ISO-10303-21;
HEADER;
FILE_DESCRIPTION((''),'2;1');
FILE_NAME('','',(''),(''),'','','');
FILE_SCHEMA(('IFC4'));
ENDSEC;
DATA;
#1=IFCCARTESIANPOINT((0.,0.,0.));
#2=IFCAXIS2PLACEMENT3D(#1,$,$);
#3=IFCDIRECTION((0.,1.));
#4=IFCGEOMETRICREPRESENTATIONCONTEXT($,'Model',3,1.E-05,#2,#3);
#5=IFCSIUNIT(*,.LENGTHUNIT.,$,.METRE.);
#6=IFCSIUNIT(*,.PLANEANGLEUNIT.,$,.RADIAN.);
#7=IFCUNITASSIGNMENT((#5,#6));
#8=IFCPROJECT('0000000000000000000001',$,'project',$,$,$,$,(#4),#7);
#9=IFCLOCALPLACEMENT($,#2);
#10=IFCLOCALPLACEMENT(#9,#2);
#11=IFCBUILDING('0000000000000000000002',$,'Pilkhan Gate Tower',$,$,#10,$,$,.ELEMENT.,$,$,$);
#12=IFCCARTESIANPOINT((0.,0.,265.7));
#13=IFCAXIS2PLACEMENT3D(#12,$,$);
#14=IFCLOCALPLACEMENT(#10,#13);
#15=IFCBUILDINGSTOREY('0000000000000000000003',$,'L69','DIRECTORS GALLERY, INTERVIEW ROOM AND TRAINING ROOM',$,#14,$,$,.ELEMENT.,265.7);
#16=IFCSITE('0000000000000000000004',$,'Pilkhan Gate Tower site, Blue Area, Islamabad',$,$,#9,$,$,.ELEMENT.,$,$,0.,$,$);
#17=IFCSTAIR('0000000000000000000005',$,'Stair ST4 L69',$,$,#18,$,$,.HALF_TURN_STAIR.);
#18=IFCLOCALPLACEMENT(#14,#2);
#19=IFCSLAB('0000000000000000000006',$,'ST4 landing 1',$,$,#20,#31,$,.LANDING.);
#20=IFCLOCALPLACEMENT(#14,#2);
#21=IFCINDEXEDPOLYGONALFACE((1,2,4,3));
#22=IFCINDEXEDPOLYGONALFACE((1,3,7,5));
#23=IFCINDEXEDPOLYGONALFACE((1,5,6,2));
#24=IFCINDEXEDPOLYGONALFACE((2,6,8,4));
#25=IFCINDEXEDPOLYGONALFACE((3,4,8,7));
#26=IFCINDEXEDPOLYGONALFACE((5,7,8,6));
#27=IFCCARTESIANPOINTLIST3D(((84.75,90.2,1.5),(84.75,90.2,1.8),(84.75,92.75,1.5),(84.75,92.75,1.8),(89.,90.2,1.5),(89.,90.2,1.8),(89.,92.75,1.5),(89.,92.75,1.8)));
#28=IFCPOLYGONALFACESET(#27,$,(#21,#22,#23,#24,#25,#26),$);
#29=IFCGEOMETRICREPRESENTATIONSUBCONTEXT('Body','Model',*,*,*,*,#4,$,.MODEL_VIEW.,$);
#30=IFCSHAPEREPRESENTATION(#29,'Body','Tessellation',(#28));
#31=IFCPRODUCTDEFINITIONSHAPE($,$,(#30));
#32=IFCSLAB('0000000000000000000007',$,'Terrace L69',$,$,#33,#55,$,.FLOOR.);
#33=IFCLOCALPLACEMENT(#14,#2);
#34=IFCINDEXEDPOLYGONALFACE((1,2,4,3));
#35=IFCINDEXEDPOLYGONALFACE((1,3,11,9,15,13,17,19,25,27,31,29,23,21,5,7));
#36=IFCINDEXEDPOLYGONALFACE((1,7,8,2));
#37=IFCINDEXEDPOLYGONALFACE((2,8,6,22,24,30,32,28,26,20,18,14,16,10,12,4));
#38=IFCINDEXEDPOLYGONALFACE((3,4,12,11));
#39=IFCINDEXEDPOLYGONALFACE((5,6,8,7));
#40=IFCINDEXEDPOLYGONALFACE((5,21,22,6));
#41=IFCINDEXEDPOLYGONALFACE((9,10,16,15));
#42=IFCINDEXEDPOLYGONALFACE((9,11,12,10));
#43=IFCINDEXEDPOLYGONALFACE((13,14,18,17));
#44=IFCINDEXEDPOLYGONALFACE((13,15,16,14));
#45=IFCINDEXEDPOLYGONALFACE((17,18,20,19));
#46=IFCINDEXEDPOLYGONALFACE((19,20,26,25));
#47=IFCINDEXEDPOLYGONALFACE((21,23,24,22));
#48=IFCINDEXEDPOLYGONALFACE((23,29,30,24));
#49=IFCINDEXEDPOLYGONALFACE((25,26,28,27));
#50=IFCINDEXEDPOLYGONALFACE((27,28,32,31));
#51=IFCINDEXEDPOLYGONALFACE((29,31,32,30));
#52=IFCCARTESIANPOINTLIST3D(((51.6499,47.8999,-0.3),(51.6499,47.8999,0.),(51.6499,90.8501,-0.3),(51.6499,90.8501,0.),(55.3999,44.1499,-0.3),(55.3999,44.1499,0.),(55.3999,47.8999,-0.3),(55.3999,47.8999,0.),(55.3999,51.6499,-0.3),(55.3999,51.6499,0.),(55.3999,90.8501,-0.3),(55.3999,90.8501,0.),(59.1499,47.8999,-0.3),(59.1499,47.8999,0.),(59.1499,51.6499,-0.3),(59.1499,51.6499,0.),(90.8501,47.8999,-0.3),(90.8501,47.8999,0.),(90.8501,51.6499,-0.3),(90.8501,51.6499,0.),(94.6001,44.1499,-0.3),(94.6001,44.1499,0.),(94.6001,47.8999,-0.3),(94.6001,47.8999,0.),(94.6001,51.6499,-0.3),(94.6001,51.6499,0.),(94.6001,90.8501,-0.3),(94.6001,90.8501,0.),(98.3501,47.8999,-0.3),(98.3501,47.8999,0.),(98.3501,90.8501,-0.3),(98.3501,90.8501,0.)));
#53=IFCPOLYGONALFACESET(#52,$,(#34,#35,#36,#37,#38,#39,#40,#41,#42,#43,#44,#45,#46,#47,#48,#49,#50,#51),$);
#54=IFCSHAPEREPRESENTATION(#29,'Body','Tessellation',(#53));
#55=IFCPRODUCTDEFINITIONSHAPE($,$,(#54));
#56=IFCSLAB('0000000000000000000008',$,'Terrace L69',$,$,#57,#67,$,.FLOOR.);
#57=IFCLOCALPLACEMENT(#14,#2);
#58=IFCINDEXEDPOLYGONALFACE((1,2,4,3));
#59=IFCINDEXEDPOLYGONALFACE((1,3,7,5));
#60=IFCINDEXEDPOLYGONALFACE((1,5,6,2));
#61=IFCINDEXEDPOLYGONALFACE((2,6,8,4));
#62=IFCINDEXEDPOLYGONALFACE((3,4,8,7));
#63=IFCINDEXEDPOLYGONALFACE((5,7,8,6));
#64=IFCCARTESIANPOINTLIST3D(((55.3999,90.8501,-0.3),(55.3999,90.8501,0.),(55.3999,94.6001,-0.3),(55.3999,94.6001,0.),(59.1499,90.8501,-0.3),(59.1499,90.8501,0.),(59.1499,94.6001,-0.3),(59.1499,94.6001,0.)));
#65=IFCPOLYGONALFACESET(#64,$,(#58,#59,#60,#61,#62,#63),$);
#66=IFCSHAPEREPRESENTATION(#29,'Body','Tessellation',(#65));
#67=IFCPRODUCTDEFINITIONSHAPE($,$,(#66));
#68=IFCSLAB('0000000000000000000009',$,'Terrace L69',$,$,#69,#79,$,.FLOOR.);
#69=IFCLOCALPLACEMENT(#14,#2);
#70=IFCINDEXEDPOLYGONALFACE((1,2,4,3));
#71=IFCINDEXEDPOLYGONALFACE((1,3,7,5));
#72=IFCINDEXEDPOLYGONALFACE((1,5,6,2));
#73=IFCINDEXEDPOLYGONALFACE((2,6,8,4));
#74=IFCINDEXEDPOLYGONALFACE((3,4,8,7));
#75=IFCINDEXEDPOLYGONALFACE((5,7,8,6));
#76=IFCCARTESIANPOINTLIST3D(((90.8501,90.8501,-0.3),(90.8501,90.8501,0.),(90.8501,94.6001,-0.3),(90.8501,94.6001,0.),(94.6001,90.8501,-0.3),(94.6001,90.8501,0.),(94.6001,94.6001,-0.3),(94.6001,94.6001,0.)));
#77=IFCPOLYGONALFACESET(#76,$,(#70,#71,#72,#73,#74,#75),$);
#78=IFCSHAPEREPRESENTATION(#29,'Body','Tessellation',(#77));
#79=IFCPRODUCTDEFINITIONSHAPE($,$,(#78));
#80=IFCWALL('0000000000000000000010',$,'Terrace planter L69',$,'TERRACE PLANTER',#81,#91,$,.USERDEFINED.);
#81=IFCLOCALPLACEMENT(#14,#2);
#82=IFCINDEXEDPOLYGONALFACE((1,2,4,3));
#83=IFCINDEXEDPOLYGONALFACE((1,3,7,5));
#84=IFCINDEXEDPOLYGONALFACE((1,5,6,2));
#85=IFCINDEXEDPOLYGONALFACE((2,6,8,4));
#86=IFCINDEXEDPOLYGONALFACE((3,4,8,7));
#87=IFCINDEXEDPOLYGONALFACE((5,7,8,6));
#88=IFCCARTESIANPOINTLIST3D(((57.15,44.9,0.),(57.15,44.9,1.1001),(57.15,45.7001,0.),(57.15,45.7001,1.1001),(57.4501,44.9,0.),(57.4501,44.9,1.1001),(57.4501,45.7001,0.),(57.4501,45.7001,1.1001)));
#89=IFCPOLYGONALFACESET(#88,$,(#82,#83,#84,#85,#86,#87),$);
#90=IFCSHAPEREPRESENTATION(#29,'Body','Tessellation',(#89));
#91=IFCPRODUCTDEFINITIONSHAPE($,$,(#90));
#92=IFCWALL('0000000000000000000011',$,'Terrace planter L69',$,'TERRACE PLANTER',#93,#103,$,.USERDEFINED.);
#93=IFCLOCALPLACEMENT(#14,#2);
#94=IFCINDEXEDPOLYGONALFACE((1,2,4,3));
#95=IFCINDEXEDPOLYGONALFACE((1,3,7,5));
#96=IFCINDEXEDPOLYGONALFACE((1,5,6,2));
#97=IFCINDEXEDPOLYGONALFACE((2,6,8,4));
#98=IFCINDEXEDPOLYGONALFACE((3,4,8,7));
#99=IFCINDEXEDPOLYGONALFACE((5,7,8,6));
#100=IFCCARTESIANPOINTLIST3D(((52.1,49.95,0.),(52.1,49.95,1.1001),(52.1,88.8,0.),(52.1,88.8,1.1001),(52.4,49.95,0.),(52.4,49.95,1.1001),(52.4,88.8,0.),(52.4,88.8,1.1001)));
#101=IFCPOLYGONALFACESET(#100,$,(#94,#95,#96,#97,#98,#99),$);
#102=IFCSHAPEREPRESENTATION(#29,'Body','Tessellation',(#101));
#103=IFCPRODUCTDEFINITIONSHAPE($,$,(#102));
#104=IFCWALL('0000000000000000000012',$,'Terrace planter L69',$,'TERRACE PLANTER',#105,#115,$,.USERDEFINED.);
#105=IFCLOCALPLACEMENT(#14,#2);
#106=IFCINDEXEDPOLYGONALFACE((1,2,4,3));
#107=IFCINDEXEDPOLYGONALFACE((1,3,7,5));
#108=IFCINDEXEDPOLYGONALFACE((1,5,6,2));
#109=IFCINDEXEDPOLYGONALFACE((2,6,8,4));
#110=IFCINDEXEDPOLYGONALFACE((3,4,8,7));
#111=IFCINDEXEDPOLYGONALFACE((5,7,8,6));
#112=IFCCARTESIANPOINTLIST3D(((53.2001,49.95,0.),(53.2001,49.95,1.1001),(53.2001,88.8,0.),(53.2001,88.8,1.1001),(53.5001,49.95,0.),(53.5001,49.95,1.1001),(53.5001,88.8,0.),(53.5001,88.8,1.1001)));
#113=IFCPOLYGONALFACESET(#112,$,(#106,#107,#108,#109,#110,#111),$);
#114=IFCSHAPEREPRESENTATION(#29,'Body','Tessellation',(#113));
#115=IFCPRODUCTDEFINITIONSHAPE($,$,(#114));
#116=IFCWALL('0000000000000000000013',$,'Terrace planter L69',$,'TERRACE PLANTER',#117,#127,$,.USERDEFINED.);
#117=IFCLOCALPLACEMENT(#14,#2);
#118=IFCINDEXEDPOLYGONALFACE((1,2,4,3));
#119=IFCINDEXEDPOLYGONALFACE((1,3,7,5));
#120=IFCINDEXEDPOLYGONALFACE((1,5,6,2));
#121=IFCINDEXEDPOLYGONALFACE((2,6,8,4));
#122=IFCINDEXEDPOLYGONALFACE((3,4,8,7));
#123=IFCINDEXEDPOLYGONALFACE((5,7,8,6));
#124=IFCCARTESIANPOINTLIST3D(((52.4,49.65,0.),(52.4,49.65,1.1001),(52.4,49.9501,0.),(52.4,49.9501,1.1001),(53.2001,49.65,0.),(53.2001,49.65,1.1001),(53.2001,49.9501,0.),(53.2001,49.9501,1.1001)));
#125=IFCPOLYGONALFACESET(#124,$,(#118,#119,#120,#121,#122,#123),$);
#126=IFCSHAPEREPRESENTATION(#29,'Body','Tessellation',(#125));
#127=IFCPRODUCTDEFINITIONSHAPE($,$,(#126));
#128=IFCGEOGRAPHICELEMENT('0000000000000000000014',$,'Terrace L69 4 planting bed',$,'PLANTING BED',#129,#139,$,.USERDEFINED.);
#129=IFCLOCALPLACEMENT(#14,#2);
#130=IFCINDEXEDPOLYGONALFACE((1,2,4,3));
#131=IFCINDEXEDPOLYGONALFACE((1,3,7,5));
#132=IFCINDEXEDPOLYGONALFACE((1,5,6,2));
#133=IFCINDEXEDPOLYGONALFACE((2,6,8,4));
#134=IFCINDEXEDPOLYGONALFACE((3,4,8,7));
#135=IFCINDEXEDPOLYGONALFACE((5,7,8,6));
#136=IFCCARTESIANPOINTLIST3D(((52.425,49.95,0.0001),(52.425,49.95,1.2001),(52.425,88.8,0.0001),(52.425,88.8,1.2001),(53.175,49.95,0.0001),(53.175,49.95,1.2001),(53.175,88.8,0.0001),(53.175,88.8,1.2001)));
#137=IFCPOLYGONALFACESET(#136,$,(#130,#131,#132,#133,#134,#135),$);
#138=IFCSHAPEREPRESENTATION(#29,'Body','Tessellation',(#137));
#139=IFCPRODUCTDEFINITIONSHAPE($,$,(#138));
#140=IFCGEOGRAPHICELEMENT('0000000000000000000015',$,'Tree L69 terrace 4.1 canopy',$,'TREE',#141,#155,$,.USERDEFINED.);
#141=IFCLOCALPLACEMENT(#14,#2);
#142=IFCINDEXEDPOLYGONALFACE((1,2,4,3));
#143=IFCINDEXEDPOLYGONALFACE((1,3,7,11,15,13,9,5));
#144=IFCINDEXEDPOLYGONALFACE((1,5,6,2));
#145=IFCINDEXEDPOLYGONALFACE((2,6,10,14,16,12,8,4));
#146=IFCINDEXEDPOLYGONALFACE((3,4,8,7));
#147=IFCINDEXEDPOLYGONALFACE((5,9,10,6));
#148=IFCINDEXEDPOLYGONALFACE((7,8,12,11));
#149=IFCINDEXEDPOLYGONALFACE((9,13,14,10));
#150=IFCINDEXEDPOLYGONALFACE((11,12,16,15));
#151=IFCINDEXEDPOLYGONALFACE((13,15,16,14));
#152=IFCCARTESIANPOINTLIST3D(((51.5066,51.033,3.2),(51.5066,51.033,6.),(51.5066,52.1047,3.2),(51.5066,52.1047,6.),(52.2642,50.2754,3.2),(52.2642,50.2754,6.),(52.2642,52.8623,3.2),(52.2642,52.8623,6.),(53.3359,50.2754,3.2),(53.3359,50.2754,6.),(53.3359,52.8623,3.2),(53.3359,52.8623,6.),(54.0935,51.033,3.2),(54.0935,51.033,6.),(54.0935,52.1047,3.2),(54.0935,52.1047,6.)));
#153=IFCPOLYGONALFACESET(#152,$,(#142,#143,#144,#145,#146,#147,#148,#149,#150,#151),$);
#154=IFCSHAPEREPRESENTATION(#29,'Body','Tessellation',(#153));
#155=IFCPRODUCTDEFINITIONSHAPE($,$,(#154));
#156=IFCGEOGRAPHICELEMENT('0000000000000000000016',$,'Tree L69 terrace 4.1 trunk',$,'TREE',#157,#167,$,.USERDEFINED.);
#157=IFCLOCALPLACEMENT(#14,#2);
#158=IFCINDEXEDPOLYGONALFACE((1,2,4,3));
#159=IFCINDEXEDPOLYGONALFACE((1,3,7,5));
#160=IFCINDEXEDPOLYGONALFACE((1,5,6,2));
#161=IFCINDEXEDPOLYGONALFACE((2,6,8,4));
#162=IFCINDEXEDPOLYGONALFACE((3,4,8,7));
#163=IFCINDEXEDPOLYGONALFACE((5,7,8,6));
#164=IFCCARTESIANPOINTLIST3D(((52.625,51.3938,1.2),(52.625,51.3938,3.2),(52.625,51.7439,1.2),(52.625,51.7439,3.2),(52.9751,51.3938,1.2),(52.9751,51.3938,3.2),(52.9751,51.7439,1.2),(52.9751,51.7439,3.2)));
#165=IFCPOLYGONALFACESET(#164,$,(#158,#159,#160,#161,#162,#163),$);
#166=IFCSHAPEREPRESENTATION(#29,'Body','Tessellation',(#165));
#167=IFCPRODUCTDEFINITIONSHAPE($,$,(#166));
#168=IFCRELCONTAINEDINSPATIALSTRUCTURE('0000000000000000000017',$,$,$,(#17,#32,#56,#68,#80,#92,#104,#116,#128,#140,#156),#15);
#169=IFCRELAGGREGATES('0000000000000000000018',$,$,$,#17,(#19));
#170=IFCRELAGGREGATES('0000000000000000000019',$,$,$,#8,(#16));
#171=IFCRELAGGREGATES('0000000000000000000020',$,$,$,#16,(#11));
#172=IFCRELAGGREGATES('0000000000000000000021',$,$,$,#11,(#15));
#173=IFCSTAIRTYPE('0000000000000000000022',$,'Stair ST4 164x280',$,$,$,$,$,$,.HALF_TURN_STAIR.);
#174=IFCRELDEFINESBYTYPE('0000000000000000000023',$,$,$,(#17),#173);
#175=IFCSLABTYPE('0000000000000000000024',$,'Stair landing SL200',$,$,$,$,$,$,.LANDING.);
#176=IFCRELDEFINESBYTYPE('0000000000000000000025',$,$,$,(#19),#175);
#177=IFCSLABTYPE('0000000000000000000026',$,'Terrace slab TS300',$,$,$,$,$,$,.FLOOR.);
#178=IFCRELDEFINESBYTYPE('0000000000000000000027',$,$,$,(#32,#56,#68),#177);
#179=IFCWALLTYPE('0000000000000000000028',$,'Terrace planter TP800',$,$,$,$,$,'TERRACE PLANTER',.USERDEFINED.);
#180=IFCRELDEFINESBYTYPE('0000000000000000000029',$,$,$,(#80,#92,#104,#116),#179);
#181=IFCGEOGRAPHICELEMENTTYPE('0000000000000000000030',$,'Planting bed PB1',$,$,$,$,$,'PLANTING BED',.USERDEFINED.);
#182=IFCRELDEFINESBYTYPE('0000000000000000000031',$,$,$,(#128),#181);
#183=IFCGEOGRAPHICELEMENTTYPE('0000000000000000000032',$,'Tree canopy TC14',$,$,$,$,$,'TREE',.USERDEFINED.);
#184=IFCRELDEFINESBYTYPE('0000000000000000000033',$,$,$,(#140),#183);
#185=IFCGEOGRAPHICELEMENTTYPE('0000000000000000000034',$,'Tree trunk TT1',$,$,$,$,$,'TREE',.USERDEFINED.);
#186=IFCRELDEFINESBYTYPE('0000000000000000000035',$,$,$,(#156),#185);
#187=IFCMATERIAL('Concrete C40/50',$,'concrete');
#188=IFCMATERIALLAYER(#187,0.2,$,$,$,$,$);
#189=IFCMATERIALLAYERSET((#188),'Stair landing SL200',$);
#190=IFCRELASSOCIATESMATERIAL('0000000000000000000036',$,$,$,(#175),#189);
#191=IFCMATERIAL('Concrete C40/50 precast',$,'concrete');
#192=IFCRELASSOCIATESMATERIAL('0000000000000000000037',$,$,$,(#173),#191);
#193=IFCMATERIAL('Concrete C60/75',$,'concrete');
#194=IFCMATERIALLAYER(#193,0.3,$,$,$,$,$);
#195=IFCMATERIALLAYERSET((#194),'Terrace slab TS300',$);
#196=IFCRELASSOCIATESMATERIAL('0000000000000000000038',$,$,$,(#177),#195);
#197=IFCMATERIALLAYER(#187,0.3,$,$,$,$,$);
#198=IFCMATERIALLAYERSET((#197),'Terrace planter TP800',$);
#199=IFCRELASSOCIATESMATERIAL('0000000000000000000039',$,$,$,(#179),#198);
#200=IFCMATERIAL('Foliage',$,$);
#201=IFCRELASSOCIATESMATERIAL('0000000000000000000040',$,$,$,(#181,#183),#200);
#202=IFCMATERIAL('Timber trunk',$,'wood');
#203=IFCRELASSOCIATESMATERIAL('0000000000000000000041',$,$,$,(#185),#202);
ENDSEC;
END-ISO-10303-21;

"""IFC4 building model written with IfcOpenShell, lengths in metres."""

from ifc_helpers import new_model, si_unit, direction, frame, frame_2d, origin, origin_2d, place, context, subcontext, project, spatial, polyline, rectangle, outline, extrude, material, layer, layer_set, material_profile, profile_set, type_object, element, aggregate, save


model = new_model("IFC4")

# Units and contexts
model_context = context("Model", 3, precision=1e-05, world=origin(), true_north=direction((0.0, 1.0)))
body_context = subcontext(model_context, "Body", "Model", "MODEL_VIEW")
ifc_project = project(units=[si_unit("LENGTHUNIT", "METRE"), si_unit("PLANEANGLEUNIT", "RADIAN")], contexts=[model_context])

# Site, building, storey
site_placement = place(None, origin())
site = spatial("IfcSite", under=ifc_project, at=site_placement, Name="Pilkhan Gate Tower site, Blue Area, Islamabad", CompositionType="ELEMENT", RefElevation=0.0)
building_placement = place(site_placement, origin())
building = spatial("IfcBuilding", under=site, at=building_placement, Name="Pilkhan Gate Tower", CompositionType="ELEMENT")
storey_placement = place(building_placement, frame((0.0, 0.0, 265.7)))
storey = spatial("IfcBuildingStorey", under=building, at=storey_placement, Name="L69", Description="DIRECTORS GALLERY, INTERVIEW ROOM AND TRAINING ROOM", CompositionType="ELEMENT", Elevation=265.7)

# Shared definitions
ifc_material_1 = material(Name="Concrete C40/50", Category="concrete")

# Stair, slab
ifc_material_2 = material(Name="Concrete C40/50 precast", Category="concrete")
ifc_layer_1 = layer(ifc_material_1, 0.2)
ifc_layer_set_1 = layer_set([ifc_layer_1], Name="Stair landing SL200")
slab_type_1 = type_object("IfcSlabType", Name="Stair landing SL200", PredefinedType="LANDING", material=ifc_layer_set_1)
stair_type_1 = type_object("IfcStairType", Name="Stair ST4 164x280", PredefinedType="HALF_TURN_STAIR", material=ifc_material_2)
stair_1_placement = place(storey_placement, origin())
stair_1 = element("IfcStair", 1, at=stair_1_placement, inside=storey, type_object=stair_type_1, Name="Stair ST4 L69", PredefinedType="HALF_TURN_STAIR")
slab_1_placement = place(storey_placement, frame((0.0, 0.0, 1.5)))
slab_1 = element("IfcSlab", 2, at=slab_1_placement, type_object=slab_type_1, Name="ST4 landing 1", PredefinedType="LANDING", context=body_context, shape_type="SweptSolid", body=[
    extrude(outline(polyline([(89.0, 90.2), (89.0, 92.75), (84.75, 92.75), (84.75, 90.2), (89.0, 90.2)])), origin(), (0.0, 0.0, 1.0), 0.3),
])
aggregate(stair_1, [slab_1])

# Slabs
ifc_material_3 = material(Name="Concrete C60/75", Category="concrete")
ifc_layer_2 = layer(ifc_material_3, 0.3)
ifc_layer_set_2 = layer_set([ifc_layer_2], Name="Terrace slab TS300")
slab_type_2 = type_object("IfcSlabType", Name="Terrace slab TS300", PredefinedType="FLOOR", material=ifc_layer_set_2)
slab_2_placement = place(storey_placement, frame((0.0, 0.0, -0.3)))
element("IfcSlab", 3, at=slab_2_placement, inside=storey, type_object=slab_type_2, Name="Terrace L69", PredefinedType="FLOOR", context=body_context, shape_type="SweptSolid", body=[
    extrude(outline(polyline([(94.6001, 44.1499), (55.3999, 44.1499), (55.3999, 47.8999), (51.6499, 47.8999), (51.6499, 90.8501), (55.3999, 90.8501), (55.3999, 51.6499), (59.1499, 51.6499), (59.1499, 47.8999), (90.8501, 47.8999), (90.8501, 51.6499), (94.6001, 51.6499), (94.6001, 90.8501), (98.3501, 90.8501), (98.3501, 47.8999), (94.6001, 47.8999), (94.6001, 44.1499)])), origin(), (0.0, 0.0, 1.0), 0.3),
])
slab_3_placement = place(storey_placement, frame((0.0, 0.0, -0.3)))
element("IfcSlab", 4, at=slab_3_placement, inside=storey, type_object=slab_type_2, Name="Terrace L69", PredefinedType="FLOOR", context=body_context, shape_type="SweptSolid", body=[
    extrude(outline(polyline([(59.1499, 94.6001), (59.1499, 90.8501), (55.3999, 90.8501), (55.3999, 94.6001), (59.1499, 94.6001)])), origin(), (0.0, 0.0, 1.0), 0.3),
])
slab_4_placement = place(storey_placement, frame((0.0, 0.0, -0.3)))
element("IfcSlab", 5, at=slab_4_placement, inside=storey, type_object=slab_type_2, Name="Terrace L69", PredefinedType="FLOOR", context=body_context, shape_type="SweptSolid", body=[
    extrude(outline(polyline([(94.6001, 90.8501), (90.8501, 90.8501), (90.8501, 94.6001), (94.6001, 94.6001), (94.6001, 90.8501)])), origin(), (0.0, 0.0, 1.0), 0.3),
])

# Walls
ifc_layer_3 = layer(ifc_material_1, 0.3)
ifc_layer_set_3 = layer_set([ifc_layer_3], Name="Terrace planter TP800")
wall_type = type_object("IfcWallType", Name="Terrace planter TP800", ElementType="TERRACE PLANTER", PredefinedType="USERDEFINED", material=ifc_layer_set_3)
wall_1_placement = place(storey_placement, frame((57.3, 45.7, 0.0), z_axis=(0.0, 0.0, 1.0), x_axis=(0.0, -1.0, 0.0)))
element("IfcWall", 6, at=wall_1_placement, inside=storey, type_object=wall_type, Name="Terrace planter L69", ObjectType="TERRACE PLANTER", PredefinedType="USERDEFINED", context=body_context, shape_type="SweptSolid", body=[
    extrude(rectangle(XDim=0.8, YDim=0.3, at=frame_2d((0.3999, 0.0))), origin(), (0.0, 0.0, 1.0), 1.1001),
])
for number, where, z_axis, x_axis, name in (
    (7, (52.25, 49.95, 0.0), (0.0, 0.0, 1.0), (0.0, 1.0, 0.0), "Terrace planter L69"),
    (8, (53.3501, 49.95, 0.0), (0.0, 0.0, 1.0), (0.0, 1.0, 0.0), "Terrace planter L69"),
):
    element("IfcWall", number, at=place(storey_placement, frame(where, z_axis=z_axis, x_axis=x_axis)), inside=storey, type_object=wall_type, Name=name, ObjectType="TERRACE PLANTER", PredefinedType="USERDEFINED", context=body_context, shape_type="SweptSolid", body=[
        extrude(rectangle(XDim=38.8501, YDim=0.3, at=frame_2d((19.425, 0.0))), origin(), (0.0, 0.0, 1.0), 1.1001),
    ])
wall_2_placement = place(storey_placement, frame((53.2, 49.8, 0.0), z_axis=(0.0, 0.0, 1.0), x_axis=(-1.0, 0.0, 0.0)))
element("IfcWall", 9, at=wall_2_placement, inside=storey, type_object=wall_type, Name="Terrace planter L69", ObjectType="TERRACE PLANTER", PredefinedType="USERDEFINED", context=body_context, shape_type="SweptSolid", body=[
    extrude(rectangle(XDim=0.8, YDim=0.3, at=frame_2d((0.3999, 0.0))), origin(), (0.0, 0.0, 1.0), 1.1001),
])

# Geographic elements
ifc_material_4 = material(Name="Foliage")
ifc_material_profile_1 = material_profile(ifc_material_4, rectangle(XDim=0.75, YDim=1.2, at=origin_2d()), Name="Bed 750x1200")
ifc_profile_set_1 = profile_set([ifc_material_profile_1], Name="Foliage")
geographic_element_type_1 = type_object("IfcGeographicElementType", Name="Planting bed PB1", ElementType="PLANTING BED", PredefinedType="USERDEFINED", material=ifc_profile_set_1)
geographic_element_1_placement = place(storey_placement, frame((52.8, 49.95, 0.6001), z_axis=(0.0, 1.0, 0.0), x_axis=(-1.0, 0.0, 0.0)))
element("IfcGeographicElement", 10, at=geographic_element_1_placement, inside=storey, type_object=geographic_element_type_1, Name="Terrace L69 4 planting bed", ObjectType="PLANTING BED", PredefinedType="USERDEFINED", context=body_context, shape_type="SweptSolid", body=[
    extrude(rectangle(XDim=0.75, YDim=1.2, at=origin_2d()), origin(), (0.0, 0.0, 1.0), 38.8501),
])
ifc_material_profile_2 = material_profile(ifc_material_4, outline(polyline([(1.2935, 0.5359), (0.5359, 1.2935), (-0.5359, 1.2935), (-1.2935, 0.5359), (-1.2935, -0.5359), (-0.5359, -1.2935), (0.5359, -1.2935), (1.2935, -0.5359), (1.2935, 0.5359)])), Name="Canopy D2.8")
ifc_profile_set_2 = profile_set([ifc_material_profile_2], Name="Foliage")
geographic_element_type_2 = type_object("IfcGeographicElementType", Name="Tree canopy TC14", ElementType="TREE", PredefinedType="USERDEFINED", material=ifc_profile_set_2)
geographic_element_2_placement = place(storey_placement, frame((52.8, 51.5688, 3.2), z_axis=(0.0, 0.0, 1.0), x_axis=(1.0, 0.0, 0.0)))
element("IfcGeographicElement", 11, at=geographic_element_2_placement, inside=storey, type_object=geographic_element_type_2, Name="Tree L69 terrace 4.1 canopy", ObjectType="TREE", PredefinedType="USERDEFINED", context=body_context, shape_type="SweptSolid", body=[
    extrude(outline(polyline([(1.2935, 0.5359), (0.5359, 1.2935), (-0.5359, 1.2935), (-1.2935, 0.5359), (-1.2935, -0.5359), (-0.5359, -1.2935), (0.5359, -1.2935), (1.2935, -0.5359), (1.2935, 0.5359)])), origin(), (0.0, 0.0, 1.0), 2.8),
])
ifc_material_5 = material(Name="Timber trunk", Category="wood")
geographic_element_type_3 = type_object("IfcGeographicElementType", Name="Tree trunk TT1", ElementType="TREE", PredefinedType="USERDEFINED", material=ifc_material_5)
geographic_element_3_placement = place(storey_placement, frame((52.8, 51.5688, 1.2), z_axis=(0.0, 0.0, 1.0), x_axis=(1.0, 0.0, 0.0)))
element("IfcGeographicElement", 12, at=geographic_element_3_placement, inside=storey, type_object=geographic_element_type_3, Name="Tree L69 terrace 4.1 trunk", ObjectType="TREE", PredefinedType="USERDEFINED", context=body_context, shape_type="SweptSolid", body=[
    extrude(rectangle(XDim=0.3501, YDim=0.3501, at=origin_2d()), origin(), (0.0, 0.0, 1.0), 2.0),
])

save(model, "model.ifc")
